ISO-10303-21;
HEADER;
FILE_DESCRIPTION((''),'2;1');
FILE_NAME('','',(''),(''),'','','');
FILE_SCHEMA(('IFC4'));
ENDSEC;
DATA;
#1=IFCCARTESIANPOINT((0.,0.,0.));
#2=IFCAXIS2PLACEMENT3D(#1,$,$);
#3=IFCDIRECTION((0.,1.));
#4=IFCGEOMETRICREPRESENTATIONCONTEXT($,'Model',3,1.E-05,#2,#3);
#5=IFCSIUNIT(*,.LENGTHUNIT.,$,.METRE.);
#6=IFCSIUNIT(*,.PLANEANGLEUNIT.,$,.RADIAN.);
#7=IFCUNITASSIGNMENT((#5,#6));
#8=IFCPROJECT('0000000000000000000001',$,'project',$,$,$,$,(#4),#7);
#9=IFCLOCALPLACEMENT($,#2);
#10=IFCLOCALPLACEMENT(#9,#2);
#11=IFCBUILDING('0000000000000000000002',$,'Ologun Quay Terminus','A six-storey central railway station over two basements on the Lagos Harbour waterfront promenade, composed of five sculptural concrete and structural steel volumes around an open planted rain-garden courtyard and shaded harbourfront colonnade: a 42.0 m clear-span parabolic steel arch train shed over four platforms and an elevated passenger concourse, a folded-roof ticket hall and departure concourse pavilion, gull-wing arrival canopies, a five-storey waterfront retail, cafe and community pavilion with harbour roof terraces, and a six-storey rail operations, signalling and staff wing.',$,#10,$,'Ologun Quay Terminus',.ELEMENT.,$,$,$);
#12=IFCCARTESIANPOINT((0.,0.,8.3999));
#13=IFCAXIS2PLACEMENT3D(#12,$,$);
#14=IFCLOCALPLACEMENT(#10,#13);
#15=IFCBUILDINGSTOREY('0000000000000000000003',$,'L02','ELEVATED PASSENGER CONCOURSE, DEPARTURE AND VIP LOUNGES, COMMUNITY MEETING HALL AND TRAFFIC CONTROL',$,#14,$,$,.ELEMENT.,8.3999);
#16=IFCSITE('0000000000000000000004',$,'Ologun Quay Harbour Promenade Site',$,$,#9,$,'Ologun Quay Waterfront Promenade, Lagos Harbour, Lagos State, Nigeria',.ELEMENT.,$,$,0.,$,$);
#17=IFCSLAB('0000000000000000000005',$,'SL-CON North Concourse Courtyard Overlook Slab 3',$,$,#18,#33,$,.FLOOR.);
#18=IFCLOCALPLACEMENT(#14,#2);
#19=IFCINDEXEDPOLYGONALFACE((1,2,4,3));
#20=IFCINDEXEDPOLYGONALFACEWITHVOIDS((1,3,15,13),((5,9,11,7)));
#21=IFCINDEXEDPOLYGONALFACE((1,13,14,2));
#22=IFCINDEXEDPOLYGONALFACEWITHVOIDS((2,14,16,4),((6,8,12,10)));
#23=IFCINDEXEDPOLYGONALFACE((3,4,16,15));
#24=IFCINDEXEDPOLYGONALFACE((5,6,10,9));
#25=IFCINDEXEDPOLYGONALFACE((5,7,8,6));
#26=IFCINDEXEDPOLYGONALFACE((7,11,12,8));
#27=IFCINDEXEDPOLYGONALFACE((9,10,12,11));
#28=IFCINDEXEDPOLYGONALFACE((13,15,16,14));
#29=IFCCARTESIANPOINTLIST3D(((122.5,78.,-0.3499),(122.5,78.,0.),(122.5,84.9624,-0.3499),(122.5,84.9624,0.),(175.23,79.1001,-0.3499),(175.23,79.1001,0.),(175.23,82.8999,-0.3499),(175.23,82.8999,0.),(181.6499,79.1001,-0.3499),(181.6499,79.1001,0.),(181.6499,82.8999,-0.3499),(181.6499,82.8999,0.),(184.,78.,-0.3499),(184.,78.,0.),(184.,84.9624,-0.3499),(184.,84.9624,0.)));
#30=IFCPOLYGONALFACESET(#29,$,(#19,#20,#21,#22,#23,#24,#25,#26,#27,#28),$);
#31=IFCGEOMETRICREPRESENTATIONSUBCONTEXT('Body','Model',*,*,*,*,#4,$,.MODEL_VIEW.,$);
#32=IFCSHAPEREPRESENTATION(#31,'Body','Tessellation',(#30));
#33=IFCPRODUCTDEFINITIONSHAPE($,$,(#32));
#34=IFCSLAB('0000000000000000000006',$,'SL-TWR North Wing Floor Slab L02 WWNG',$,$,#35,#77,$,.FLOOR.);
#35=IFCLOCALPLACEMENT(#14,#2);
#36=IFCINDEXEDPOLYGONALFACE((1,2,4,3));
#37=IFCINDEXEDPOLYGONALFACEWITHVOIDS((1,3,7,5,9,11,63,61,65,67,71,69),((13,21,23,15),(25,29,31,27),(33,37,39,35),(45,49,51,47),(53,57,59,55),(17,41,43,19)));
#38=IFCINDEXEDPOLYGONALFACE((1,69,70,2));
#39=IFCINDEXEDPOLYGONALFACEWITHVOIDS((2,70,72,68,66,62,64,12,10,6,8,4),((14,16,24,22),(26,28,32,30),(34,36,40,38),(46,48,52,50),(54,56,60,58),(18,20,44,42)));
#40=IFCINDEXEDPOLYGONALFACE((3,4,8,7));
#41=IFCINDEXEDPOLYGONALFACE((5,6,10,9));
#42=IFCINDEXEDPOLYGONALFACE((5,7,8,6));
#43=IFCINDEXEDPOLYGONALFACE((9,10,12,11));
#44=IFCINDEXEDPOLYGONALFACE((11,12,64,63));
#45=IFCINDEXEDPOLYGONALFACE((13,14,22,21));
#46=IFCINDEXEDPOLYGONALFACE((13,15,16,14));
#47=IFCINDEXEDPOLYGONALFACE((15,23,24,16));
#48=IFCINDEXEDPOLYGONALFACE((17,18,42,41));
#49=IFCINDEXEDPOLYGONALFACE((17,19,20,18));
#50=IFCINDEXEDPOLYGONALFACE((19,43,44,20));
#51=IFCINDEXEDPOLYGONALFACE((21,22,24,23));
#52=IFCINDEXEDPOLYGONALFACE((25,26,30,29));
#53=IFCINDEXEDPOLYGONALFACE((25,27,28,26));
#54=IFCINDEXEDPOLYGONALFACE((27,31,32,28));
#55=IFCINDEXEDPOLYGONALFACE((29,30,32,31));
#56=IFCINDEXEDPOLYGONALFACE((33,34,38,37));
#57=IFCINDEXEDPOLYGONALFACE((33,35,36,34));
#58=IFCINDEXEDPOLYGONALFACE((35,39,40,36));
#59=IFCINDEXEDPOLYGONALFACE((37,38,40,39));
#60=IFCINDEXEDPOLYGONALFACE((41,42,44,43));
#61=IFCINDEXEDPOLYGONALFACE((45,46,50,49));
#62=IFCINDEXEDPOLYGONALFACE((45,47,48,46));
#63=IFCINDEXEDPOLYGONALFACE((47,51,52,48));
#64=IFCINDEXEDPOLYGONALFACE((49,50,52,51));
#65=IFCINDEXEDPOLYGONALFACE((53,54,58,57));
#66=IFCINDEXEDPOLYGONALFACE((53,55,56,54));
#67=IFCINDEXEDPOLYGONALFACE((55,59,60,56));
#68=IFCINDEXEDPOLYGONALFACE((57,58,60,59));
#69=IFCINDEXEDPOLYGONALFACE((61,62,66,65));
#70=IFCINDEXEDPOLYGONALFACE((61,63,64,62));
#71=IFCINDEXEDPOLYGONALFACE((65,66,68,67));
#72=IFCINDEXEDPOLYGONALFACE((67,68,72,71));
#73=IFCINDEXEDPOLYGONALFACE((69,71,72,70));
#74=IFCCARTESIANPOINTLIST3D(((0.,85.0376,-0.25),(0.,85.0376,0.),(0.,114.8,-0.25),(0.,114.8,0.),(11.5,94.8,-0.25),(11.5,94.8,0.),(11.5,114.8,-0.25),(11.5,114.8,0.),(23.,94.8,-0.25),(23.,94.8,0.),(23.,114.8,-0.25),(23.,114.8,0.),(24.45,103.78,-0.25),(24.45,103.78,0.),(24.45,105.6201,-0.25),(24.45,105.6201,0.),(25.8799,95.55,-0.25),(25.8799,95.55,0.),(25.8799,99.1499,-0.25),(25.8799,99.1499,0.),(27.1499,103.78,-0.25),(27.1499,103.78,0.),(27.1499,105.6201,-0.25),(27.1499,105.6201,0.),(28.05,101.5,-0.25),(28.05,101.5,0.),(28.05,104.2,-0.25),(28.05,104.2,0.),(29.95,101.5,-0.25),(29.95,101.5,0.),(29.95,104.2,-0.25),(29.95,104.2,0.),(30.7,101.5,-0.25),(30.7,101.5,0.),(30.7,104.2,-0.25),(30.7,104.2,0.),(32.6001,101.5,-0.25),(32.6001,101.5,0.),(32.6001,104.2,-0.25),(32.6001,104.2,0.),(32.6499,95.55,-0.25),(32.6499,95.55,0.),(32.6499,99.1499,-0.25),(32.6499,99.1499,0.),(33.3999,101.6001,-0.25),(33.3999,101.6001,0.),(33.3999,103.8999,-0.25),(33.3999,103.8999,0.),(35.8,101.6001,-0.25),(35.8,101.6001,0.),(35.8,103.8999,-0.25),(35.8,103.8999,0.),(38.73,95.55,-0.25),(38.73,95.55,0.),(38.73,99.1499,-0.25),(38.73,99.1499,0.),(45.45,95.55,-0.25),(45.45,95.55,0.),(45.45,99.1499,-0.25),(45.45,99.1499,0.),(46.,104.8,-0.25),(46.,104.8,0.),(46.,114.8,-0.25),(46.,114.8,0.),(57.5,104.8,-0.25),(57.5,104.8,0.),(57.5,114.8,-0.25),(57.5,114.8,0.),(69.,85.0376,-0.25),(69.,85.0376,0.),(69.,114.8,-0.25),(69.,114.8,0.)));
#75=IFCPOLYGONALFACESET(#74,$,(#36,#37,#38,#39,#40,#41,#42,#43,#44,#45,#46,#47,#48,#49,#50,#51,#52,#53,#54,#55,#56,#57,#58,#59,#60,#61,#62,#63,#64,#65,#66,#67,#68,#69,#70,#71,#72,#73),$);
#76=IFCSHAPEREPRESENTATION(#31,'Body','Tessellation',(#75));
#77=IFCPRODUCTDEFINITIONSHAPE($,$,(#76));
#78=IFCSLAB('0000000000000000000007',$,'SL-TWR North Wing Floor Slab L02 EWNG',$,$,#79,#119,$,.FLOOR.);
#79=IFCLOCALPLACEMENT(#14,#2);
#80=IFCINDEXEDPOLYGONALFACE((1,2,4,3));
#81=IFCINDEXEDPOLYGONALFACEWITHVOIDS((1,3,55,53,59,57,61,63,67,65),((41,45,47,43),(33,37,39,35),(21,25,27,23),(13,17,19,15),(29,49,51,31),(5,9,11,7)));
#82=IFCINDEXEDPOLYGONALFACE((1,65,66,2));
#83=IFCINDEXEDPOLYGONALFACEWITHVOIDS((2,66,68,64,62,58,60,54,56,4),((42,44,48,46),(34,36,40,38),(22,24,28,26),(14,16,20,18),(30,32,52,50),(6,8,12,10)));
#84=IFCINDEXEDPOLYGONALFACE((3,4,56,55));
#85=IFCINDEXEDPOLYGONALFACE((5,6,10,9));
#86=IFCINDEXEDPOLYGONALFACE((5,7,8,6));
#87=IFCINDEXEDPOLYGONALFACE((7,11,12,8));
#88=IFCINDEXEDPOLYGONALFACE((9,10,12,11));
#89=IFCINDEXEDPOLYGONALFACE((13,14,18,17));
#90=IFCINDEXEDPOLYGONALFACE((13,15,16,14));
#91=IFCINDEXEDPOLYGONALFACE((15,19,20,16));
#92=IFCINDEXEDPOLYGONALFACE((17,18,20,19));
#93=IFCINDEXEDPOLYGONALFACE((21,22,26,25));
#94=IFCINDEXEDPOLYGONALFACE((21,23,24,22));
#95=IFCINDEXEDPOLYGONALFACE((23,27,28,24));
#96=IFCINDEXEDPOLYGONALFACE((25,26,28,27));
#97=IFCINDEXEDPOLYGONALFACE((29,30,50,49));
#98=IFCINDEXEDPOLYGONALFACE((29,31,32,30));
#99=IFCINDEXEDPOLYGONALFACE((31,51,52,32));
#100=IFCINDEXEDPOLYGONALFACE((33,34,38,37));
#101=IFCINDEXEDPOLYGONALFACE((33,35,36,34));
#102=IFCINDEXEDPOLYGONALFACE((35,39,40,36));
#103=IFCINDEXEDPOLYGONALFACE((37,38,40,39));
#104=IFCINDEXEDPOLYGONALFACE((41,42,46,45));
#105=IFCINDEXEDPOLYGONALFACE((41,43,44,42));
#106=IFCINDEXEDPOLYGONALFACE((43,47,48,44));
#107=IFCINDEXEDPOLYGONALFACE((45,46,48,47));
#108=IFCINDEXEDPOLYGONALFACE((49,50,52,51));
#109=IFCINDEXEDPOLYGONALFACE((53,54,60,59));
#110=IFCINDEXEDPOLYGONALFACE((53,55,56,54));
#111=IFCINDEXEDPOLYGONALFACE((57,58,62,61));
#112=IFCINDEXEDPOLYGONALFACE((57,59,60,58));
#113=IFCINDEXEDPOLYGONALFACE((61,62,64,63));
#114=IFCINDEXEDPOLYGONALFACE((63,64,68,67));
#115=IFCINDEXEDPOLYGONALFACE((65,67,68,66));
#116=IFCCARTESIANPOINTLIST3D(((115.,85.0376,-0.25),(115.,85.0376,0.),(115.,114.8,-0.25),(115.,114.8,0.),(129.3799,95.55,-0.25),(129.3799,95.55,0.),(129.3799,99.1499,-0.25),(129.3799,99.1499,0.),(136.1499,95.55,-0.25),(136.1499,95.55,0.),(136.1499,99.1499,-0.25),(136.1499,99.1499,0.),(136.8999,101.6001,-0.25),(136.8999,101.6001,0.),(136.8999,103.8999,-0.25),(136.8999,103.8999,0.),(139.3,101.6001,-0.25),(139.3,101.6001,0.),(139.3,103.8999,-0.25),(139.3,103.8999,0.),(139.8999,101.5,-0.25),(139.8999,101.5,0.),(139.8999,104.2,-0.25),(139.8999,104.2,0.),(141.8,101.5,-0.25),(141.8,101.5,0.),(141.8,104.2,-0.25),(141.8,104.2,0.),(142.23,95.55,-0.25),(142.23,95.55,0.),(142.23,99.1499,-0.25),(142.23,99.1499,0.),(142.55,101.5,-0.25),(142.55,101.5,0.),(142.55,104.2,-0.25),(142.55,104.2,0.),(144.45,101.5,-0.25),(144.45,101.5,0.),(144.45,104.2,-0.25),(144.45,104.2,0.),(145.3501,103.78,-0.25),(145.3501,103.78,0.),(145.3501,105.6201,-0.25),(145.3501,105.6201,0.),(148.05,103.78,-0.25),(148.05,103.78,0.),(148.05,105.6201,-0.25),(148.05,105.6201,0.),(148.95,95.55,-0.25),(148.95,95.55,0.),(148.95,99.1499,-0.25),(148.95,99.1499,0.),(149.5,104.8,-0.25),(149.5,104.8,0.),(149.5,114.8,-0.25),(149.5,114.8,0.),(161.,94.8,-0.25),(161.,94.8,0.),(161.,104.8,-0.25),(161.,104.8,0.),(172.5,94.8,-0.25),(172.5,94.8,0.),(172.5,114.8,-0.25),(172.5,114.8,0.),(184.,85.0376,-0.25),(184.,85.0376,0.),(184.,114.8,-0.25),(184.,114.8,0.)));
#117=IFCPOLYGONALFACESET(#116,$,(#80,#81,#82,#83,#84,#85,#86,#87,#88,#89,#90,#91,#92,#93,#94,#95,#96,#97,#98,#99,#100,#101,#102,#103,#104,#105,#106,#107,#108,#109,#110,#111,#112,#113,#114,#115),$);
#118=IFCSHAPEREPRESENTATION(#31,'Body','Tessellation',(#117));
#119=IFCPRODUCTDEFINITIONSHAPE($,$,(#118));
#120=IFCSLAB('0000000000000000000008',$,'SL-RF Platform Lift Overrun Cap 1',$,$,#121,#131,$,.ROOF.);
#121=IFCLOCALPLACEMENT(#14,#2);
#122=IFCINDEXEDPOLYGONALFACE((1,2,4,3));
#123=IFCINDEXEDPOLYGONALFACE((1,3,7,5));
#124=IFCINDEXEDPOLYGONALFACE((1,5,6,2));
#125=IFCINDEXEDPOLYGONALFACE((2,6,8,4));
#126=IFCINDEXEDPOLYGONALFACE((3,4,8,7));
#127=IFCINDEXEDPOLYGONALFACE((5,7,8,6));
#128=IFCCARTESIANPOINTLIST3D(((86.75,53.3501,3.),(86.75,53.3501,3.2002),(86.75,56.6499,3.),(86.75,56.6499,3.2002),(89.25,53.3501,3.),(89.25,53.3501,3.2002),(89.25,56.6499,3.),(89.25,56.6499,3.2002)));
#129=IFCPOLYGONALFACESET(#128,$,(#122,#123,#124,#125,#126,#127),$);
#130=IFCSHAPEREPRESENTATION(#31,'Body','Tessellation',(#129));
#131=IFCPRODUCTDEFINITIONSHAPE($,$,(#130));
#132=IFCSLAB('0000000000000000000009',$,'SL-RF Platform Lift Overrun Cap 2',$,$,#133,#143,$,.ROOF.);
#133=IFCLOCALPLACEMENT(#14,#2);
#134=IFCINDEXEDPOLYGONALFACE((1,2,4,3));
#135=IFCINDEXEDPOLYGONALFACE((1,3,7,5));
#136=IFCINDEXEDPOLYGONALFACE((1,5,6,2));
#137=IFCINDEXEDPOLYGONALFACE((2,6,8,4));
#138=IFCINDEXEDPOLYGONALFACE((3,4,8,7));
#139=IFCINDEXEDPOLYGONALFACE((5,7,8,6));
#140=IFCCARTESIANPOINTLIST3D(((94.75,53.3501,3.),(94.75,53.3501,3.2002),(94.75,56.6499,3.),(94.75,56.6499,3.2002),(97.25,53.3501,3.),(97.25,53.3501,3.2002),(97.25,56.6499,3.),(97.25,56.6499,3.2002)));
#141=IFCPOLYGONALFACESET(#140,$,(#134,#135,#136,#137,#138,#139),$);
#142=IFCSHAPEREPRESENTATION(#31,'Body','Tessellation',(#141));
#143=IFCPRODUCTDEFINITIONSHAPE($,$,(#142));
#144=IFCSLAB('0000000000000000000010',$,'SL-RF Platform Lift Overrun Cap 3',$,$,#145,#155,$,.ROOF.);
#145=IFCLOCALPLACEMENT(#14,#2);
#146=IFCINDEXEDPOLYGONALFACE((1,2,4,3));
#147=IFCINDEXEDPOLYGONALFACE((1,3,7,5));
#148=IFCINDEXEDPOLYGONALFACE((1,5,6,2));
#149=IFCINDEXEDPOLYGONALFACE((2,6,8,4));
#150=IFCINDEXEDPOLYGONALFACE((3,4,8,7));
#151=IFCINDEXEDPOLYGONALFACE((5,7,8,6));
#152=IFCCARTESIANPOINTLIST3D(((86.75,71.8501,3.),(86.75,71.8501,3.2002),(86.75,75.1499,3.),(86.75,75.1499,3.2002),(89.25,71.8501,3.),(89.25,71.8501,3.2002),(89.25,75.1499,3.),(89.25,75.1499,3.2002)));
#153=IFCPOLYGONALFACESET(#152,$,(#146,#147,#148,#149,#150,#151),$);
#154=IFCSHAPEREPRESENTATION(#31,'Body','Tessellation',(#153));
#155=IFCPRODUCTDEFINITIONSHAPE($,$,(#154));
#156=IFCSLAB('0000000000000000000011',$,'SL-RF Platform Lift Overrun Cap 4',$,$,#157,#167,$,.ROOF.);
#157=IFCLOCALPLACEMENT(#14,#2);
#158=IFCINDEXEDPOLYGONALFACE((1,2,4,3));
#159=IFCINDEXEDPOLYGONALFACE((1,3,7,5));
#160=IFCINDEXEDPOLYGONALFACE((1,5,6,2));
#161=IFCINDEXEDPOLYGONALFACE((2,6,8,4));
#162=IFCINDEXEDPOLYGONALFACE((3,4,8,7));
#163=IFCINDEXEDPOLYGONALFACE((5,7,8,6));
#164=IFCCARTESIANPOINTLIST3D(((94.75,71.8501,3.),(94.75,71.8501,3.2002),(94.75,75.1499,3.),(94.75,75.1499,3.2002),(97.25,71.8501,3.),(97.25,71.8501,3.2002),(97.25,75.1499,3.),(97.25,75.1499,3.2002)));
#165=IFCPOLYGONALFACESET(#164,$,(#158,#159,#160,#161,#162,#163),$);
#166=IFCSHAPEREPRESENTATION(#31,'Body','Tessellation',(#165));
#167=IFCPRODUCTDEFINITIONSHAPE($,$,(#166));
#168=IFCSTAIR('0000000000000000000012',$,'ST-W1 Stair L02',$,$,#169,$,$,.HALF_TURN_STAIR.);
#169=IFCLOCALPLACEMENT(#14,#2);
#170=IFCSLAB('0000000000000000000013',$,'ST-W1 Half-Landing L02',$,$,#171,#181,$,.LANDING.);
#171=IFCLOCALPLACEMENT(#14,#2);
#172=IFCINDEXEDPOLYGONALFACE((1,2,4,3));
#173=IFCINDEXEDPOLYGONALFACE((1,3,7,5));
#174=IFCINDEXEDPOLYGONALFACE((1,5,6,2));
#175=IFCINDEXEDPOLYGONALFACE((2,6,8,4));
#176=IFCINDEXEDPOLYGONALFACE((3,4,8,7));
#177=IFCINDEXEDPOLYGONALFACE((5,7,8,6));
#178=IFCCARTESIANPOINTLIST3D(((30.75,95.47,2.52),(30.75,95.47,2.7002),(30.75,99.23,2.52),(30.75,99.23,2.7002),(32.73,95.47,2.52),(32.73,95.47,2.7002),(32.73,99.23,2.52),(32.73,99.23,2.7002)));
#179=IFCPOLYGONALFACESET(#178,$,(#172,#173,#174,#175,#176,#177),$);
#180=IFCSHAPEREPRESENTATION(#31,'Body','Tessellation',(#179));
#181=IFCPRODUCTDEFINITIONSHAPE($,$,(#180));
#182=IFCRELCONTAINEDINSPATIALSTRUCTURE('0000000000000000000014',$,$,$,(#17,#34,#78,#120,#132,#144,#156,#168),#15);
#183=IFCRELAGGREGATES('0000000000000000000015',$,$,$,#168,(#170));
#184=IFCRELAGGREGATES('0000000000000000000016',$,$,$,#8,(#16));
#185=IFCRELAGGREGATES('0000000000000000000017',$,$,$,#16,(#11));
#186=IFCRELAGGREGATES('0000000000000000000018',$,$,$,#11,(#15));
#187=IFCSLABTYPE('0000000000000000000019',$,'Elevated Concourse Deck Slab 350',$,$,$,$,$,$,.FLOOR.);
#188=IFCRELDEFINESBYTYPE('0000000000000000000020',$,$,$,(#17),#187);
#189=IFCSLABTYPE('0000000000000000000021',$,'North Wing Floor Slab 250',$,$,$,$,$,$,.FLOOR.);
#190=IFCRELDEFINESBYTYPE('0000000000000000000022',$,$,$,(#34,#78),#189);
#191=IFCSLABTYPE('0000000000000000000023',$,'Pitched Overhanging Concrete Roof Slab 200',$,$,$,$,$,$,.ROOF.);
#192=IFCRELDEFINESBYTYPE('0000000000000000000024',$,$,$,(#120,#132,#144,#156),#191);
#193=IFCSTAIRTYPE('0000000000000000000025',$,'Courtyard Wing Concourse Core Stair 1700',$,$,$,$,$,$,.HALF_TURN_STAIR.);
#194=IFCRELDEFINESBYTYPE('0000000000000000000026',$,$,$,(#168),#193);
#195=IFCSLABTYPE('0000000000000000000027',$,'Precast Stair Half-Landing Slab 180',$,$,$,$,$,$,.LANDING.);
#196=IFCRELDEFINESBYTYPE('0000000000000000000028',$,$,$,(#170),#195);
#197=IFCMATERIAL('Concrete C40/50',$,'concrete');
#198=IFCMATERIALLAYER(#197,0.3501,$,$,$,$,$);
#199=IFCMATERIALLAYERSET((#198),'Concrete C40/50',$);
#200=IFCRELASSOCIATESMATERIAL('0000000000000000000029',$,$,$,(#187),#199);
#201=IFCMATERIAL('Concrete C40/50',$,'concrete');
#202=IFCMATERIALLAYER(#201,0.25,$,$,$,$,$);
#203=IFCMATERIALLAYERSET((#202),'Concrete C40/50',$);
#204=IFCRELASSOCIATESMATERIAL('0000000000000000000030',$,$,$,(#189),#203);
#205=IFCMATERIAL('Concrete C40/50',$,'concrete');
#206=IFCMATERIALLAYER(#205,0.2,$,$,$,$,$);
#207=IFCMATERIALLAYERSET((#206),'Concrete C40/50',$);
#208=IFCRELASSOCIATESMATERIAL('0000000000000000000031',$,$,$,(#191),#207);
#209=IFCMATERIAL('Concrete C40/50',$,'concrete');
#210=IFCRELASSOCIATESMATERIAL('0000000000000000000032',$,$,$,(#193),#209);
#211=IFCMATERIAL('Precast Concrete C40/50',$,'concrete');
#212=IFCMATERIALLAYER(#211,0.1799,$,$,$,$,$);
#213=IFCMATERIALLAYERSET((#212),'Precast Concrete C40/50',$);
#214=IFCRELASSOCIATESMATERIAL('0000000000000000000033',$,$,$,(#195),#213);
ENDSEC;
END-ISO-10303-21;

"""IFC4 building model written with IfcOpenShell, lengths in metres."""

from ifc_helpers import new_model, si_unit, direction, frame, origin, place, context, subcontext, project, spatial, polyline, outline, extrude, material, layer, layer_set, type_object, element, aggregate, save


model = new_model("IFC4")

# Units and contexts
model_context = context("Model", 3, precision=1e-05, world=origin(), true_north=direction((0.0, 1.0)))
body_context = subcontext(model_context, "Body", "Model", "MODEL_VIEW")
ifc_project = project(units=[si_unit("LENGTHUNIT", "METRE"), si_unit("PLANEANGLEUNIT", "RADIAN")], contexts=[model_context])

# Site, building, storey
site_placement = place(None, origin())
site = spatial("IfcSite", under=ifc_project, at=site_placement, Name="Ologun Quay Harbour Promenade Site", LongName="Ologun Quay Waterfront Promenade, Lagos Harbour, Lagos State, Nigeria", CompositionType="ELEMENT", RefElevation=0.0)
building_placement = place(site_placement, origin())
building = spatial("IfcBuilding", under=site, at=building_placement, Name="Ologun Quay Terminus", Description="A six-storey central railway station over two basements on the Lagos Harbour waterfront promenade, composed of five sculptural concrete and structural steel volumes around an open planted rain-garden courtyard and shaded harbourfront colonnade: a 42.0 m clear-span parabolic steel arch train shed over four platforms and an elevated passenger concourse, a folded-roof ticket hall and departure concourse pavilion, gull-wing arrival canopies, a five-storey waterfront retail, cafe and community pavilion with harbour roof terraces, and a six-storey rail operations, signalling and staff wing.", LongName="Ologun Quay Terminus", CompositionType="ELEMENT")
storey_placement = place(building_placement, frame((0.0, 0.0, 8.3999)))
storey = spatial("IfcBuildingStorey", under=building, at=storey_placement, Name="L02", Description="ELEVATED PASSENGER CONCOURSE, DEPARTURE AND VIP LOUNGES, COMMUNITY MEETING HALL AND TRAFFIC CONTROL", CompositionType="ELEMENT", Elevation=8.3999)

# Slabs
ifc_material_1 = material(Name="Concrete C40/50", Category="concrete")
ifc_layer_1 = layer(ifc_material_1, 0.3501)
ifc_layer_set_1 = layer_set([ifc_layer_1], Name="Concrete C40/50")
slab_type_1 = type_object("IfcSlabType", Name="Elevated Concourse Deck Slab 350", PredefinedType="FLOOR", material=ifc_layer_set_1)
slab_1_placement = place(storey_placement, frame((0.0, 0.0, -0.3499)))
element("IfcSlab", 1, at=slab_1_placement, inside=storey, type_object=slab_type_1, Name="SL-CON North Concourse Courtyard Overlook Slab 3", PredefinedType="FLOOR", context=body_context, shape_type="SweptSolid", body=[
    extrude(outline(polyline([(122.5, 78.0), (184.0, 78.0), (184.0, 84.9624), (122.5, 84.9624), (122.5, 78.0)]), holes=[polyline([(175.23, 79.1001), (175.23, 82.8999), (181.6499, 82.8999), (181.6499, 79.1001), (175.23, 79.1001)])]), origin(), (0.0, 0.0, 1.0), 0.3499),
])
ifc_material_2 = material(Name="Concrete C40/50", Category="concrete")
ifc_layer_2 = layer(ifc_material_2, 0.25)
ifc_layer_set_2 = layer_set([ifc_layer_2], Name="Concrete C40/50")
slab_type_2 = type_object("IfcSlabType", Name="North Wing Floor Slab 250", PredefinedType="FLOOR", material=ifc_layer_set_2)
slab_2_placement = place(storey_placement, frame((0.0, 0.0, -0.25)))
element("IfcSlab", 2, at=slab_2_placement, inside=storey, type_object=slab_type_2, Name="SL-TWR North Wing Floor Slab L02 WWNG", PredefinedType="FLOOR", context=body_context, shape_type="SweptSolid", body=[
    extrude(outline(polyline([(0.0, 85.0376), (69.0, 85.0376), (69.0, 114.8), (57.5, 114.8), (57.5, 104.8), (46.0, 104.8), (46.0, 114.8), (23.0, 114.8), (23.0, 94.8), (11.5, 94.8), (11.5, 114.8), (0.0, 114.8), (0.0, 85.0376)]), holes=[polyline([(24.45, 103.78), (24.45, 105.6201), (27.1499, 105.6201), (27.1499, 103.78), (24.45, 103.78)]), polyline([(28.05, 101.5), (28.05, 104.2), (29.95, 104.2), (29.95, 101.5), (28.05, 101.5)]), polyline([(30.7, 101.5), (30.7, 104.2), (32.6001, 104.2), (32.6001, 101.5), (30.7, 101.5)]), polyline([(25.8799, 95.55), (25.8799, 99.1499), (32.6499, 99.1499), (32.6499, 95.55), (25.8799, 95.55)]), polyline([(38.73, 95.55), (38.73, 99.1499), (45.45, 99.1499), (45.45, 95.55), (38.73, 95.55)]), polyline([(33.3999, 101.6001), (33.3999, 103.8999), (35.8, 103.8999), (35.8, 101.6001), (33.3999, 101.6001)])]), origin(), (0.0, 0.0, 1.0), 0.25),
])
slab_3_placement = place(storey_placement, frame((0.0, 0.0, -0.25)))
element("IfcSlab", 3, at=slab_3_placement, inside=storey, type_object=slab_type_2, Name="SL-TWR North Wing Floor Slab L02 EWNG", PredefinedType="FLOOR", context=body_context, shape_type="SweptSolid", body=[
    extrude(outline(polyline([(115.0, 85.0376), (184.0, 85.0376), (184.0, 114.8), (172.5, 114.8), (172.5, 94.8), (161.0, 94.8), (161.0, 104.8), (149.5, 104.8), (149.5, 114.8), (115.0, 114.8), (115.0, 85.0376)]), holes=[polyline([(145.3501, 103.78), (145.3501, 105.6201), (148.05, 105.6201), (148.05, 103.78), (145.3501, 103.78)]), polyline([(139.8999, 101.5), (139.8999, 104.2), (141.8, 104.2), (141.8, 101.5), (139.8999, 101.5)]), polyline([(142.55, 101.5), (142.55, 104.2), (144.45, 104.2), (144.45, 101.5), (142.55, 101.5)]), polyline([(129.3799, 95.55), (129.3799, 99.1499), (136.1499, 99.1499), (136.1499, 95.55), (129.3799, 95.55)]), polyline([(142.23, 95.55), (142.23, 99.1499), (148.95, 99.1499), (148.95, 95.55), (142.23, 95.55)]), polyline([(136.8999, 101.6001), (136.8999, 103.8999), (139.3, 103.8999), (139.3, 101.6001), (136.8999, 101.6001)])]), origin(), (0.0, 0.0, 1.0), 0.25),
])
ifc_material_3 = material(Name="Concrete C40/50", Category="concrete")
ifc_layer_3 = layer(ifc_material_3, 0.2)
ifc_layer_set_3 = layer_set([ifc_layer_3], Name="Concrete C40/50")
slab_type_3 = type_object("IfcSlabType", Name="Pitched Overhanging Concrete Roof Slab 200", PredefinedType="ROOF", material=ifc_layer_set_3)
slab_4_placement = place(storey_placement, frame((0.0, 0.0, 3.0)))
element("IfcSlab", 4, at=slab_4_placement, inside=storey, type_object=slab_type_3, Name="SL-RF Platform Lift Overrun Cap 1", PredefinedType="ROOF", context=body_context, shape_type="SweptSolid", body=[
    extrude(outline(polyline([(89.25, 53.3501), (89.25, 56.6499), (86.75, 56.6499), (86.75, 53.3501), (89.25, 53.3501)])), origin(), (0.0, 0.0, 1.0), 0.2002),
])
slab_5_placement = place(storey_placement, frame((0.0, 0.0, 3.0)))
element("IfcSlab", 5, at=slab_5_placement, inside=storey, type_object=slab_type_3, Name="SL-RF Platform Lift Overrun Cap 2", PredefinedType="ROOF", context=body_context, shape_type="SweptSolid", body=[
    extrude(outline(polyline([(97.25, 53.3501), (97.25, 56.6499), (94.75, 56.6499), (94.75, 53.3501), (97.25, 53.3501)])), origin(), (0.0, 0.0, 1.0), 0.2002),
])
slab_6_placement = place(storey_placement, frame((0.0, 0.0, 3.0)))
element("IfcSlab", 6, at=slab_6_placement, inside=storey, type_object=slab_type_3, Name="SL-RF Platform Lift Overrun Cap 3", PredefinedType="ROOF", context=body_context, shape_type="SweptSolid", body=[
    extrude(outline(polyline([(89.25, 71.8501), (89.25, 75.1499), (86.75, 75.1499), (86.75, 71.8501), (89.25, 71.8501)])), origin(), (0.0, 0.0, 1.0), 0.2002),
])
slab_7_placement = place(storey_placement, frame((0.0, 0.0, 3.0)))
element("IfcSlab", 7, at=slab_7_placement, inside=storey, type_object=slab_type_3, Name="SL-RF Platform Lift Overrun Cap 4", PredefinedType="ROOF", context=body_context, shape_type="SweptSolid", body=[
    extrude(outline(polyline([(97.25, 71.8501), (97.25, 75.1499), (94.75, 75.1499), (94.75, 71.8501), (97.25, 71.8501)])), origin(), (0.0, 0.0, 1.0), 0.2002),
])

# Stair, slab
ifc_material_4 = material(Name="Concrete C40/50", Category="concrete")
stair_type_1 = type_object("IfcStairType", Name="Courtyard Wing Concourse Core Stair 1700", PredefinedType="HALF_TURN_STAIR", material=ifc_material_4)
stair_1_placement = place(storey_placement, origin())
stair_1 = element("IfcStair", 8, at=stair_1_placement, inside=storey, type_object=stair_type_1, Name="ST-W1 Stair L02", PredefinedType="HALF_TURN_STAIR")
ifc_material_5 = material(Name="Precast Concrete C40/50", Category="concrete")
ifc_layer_4 = layer(ifc_material_5, 0.1799)
ifc_layer_set_4 = layer_set([ifc_layer_4], Name="Precast Concrete C40/50")
slab_type_4 = type_object("IfcSlabType", Name="Precast Stair Half-Landing Slab 180", PredefinedType="LANDING", material=ifc_layer_set_4)
slab_8_placement = place(storey_placement, frame((0.0, 0.0, 2.52)))
slab_8 = element("IfcSlab", 9, at=slab_8_placement, type_object=slab_type_4, Name="ST-W1 Half-Landing L02", PredefinedType="LANDING", context=body_context, shape_type="SweptSolid", body=[
    extrude(outline(polyline([(30.75, 95.47), (32.73, 95.47), (32.73, 99.23), (30.75, 99.23), (30.75, 95.47)])), origin(), (0.0, 0.0, 1.0), 0.1802),
])
aggregate(stair_1, [slab_8])

save(model, "model.ifc")
